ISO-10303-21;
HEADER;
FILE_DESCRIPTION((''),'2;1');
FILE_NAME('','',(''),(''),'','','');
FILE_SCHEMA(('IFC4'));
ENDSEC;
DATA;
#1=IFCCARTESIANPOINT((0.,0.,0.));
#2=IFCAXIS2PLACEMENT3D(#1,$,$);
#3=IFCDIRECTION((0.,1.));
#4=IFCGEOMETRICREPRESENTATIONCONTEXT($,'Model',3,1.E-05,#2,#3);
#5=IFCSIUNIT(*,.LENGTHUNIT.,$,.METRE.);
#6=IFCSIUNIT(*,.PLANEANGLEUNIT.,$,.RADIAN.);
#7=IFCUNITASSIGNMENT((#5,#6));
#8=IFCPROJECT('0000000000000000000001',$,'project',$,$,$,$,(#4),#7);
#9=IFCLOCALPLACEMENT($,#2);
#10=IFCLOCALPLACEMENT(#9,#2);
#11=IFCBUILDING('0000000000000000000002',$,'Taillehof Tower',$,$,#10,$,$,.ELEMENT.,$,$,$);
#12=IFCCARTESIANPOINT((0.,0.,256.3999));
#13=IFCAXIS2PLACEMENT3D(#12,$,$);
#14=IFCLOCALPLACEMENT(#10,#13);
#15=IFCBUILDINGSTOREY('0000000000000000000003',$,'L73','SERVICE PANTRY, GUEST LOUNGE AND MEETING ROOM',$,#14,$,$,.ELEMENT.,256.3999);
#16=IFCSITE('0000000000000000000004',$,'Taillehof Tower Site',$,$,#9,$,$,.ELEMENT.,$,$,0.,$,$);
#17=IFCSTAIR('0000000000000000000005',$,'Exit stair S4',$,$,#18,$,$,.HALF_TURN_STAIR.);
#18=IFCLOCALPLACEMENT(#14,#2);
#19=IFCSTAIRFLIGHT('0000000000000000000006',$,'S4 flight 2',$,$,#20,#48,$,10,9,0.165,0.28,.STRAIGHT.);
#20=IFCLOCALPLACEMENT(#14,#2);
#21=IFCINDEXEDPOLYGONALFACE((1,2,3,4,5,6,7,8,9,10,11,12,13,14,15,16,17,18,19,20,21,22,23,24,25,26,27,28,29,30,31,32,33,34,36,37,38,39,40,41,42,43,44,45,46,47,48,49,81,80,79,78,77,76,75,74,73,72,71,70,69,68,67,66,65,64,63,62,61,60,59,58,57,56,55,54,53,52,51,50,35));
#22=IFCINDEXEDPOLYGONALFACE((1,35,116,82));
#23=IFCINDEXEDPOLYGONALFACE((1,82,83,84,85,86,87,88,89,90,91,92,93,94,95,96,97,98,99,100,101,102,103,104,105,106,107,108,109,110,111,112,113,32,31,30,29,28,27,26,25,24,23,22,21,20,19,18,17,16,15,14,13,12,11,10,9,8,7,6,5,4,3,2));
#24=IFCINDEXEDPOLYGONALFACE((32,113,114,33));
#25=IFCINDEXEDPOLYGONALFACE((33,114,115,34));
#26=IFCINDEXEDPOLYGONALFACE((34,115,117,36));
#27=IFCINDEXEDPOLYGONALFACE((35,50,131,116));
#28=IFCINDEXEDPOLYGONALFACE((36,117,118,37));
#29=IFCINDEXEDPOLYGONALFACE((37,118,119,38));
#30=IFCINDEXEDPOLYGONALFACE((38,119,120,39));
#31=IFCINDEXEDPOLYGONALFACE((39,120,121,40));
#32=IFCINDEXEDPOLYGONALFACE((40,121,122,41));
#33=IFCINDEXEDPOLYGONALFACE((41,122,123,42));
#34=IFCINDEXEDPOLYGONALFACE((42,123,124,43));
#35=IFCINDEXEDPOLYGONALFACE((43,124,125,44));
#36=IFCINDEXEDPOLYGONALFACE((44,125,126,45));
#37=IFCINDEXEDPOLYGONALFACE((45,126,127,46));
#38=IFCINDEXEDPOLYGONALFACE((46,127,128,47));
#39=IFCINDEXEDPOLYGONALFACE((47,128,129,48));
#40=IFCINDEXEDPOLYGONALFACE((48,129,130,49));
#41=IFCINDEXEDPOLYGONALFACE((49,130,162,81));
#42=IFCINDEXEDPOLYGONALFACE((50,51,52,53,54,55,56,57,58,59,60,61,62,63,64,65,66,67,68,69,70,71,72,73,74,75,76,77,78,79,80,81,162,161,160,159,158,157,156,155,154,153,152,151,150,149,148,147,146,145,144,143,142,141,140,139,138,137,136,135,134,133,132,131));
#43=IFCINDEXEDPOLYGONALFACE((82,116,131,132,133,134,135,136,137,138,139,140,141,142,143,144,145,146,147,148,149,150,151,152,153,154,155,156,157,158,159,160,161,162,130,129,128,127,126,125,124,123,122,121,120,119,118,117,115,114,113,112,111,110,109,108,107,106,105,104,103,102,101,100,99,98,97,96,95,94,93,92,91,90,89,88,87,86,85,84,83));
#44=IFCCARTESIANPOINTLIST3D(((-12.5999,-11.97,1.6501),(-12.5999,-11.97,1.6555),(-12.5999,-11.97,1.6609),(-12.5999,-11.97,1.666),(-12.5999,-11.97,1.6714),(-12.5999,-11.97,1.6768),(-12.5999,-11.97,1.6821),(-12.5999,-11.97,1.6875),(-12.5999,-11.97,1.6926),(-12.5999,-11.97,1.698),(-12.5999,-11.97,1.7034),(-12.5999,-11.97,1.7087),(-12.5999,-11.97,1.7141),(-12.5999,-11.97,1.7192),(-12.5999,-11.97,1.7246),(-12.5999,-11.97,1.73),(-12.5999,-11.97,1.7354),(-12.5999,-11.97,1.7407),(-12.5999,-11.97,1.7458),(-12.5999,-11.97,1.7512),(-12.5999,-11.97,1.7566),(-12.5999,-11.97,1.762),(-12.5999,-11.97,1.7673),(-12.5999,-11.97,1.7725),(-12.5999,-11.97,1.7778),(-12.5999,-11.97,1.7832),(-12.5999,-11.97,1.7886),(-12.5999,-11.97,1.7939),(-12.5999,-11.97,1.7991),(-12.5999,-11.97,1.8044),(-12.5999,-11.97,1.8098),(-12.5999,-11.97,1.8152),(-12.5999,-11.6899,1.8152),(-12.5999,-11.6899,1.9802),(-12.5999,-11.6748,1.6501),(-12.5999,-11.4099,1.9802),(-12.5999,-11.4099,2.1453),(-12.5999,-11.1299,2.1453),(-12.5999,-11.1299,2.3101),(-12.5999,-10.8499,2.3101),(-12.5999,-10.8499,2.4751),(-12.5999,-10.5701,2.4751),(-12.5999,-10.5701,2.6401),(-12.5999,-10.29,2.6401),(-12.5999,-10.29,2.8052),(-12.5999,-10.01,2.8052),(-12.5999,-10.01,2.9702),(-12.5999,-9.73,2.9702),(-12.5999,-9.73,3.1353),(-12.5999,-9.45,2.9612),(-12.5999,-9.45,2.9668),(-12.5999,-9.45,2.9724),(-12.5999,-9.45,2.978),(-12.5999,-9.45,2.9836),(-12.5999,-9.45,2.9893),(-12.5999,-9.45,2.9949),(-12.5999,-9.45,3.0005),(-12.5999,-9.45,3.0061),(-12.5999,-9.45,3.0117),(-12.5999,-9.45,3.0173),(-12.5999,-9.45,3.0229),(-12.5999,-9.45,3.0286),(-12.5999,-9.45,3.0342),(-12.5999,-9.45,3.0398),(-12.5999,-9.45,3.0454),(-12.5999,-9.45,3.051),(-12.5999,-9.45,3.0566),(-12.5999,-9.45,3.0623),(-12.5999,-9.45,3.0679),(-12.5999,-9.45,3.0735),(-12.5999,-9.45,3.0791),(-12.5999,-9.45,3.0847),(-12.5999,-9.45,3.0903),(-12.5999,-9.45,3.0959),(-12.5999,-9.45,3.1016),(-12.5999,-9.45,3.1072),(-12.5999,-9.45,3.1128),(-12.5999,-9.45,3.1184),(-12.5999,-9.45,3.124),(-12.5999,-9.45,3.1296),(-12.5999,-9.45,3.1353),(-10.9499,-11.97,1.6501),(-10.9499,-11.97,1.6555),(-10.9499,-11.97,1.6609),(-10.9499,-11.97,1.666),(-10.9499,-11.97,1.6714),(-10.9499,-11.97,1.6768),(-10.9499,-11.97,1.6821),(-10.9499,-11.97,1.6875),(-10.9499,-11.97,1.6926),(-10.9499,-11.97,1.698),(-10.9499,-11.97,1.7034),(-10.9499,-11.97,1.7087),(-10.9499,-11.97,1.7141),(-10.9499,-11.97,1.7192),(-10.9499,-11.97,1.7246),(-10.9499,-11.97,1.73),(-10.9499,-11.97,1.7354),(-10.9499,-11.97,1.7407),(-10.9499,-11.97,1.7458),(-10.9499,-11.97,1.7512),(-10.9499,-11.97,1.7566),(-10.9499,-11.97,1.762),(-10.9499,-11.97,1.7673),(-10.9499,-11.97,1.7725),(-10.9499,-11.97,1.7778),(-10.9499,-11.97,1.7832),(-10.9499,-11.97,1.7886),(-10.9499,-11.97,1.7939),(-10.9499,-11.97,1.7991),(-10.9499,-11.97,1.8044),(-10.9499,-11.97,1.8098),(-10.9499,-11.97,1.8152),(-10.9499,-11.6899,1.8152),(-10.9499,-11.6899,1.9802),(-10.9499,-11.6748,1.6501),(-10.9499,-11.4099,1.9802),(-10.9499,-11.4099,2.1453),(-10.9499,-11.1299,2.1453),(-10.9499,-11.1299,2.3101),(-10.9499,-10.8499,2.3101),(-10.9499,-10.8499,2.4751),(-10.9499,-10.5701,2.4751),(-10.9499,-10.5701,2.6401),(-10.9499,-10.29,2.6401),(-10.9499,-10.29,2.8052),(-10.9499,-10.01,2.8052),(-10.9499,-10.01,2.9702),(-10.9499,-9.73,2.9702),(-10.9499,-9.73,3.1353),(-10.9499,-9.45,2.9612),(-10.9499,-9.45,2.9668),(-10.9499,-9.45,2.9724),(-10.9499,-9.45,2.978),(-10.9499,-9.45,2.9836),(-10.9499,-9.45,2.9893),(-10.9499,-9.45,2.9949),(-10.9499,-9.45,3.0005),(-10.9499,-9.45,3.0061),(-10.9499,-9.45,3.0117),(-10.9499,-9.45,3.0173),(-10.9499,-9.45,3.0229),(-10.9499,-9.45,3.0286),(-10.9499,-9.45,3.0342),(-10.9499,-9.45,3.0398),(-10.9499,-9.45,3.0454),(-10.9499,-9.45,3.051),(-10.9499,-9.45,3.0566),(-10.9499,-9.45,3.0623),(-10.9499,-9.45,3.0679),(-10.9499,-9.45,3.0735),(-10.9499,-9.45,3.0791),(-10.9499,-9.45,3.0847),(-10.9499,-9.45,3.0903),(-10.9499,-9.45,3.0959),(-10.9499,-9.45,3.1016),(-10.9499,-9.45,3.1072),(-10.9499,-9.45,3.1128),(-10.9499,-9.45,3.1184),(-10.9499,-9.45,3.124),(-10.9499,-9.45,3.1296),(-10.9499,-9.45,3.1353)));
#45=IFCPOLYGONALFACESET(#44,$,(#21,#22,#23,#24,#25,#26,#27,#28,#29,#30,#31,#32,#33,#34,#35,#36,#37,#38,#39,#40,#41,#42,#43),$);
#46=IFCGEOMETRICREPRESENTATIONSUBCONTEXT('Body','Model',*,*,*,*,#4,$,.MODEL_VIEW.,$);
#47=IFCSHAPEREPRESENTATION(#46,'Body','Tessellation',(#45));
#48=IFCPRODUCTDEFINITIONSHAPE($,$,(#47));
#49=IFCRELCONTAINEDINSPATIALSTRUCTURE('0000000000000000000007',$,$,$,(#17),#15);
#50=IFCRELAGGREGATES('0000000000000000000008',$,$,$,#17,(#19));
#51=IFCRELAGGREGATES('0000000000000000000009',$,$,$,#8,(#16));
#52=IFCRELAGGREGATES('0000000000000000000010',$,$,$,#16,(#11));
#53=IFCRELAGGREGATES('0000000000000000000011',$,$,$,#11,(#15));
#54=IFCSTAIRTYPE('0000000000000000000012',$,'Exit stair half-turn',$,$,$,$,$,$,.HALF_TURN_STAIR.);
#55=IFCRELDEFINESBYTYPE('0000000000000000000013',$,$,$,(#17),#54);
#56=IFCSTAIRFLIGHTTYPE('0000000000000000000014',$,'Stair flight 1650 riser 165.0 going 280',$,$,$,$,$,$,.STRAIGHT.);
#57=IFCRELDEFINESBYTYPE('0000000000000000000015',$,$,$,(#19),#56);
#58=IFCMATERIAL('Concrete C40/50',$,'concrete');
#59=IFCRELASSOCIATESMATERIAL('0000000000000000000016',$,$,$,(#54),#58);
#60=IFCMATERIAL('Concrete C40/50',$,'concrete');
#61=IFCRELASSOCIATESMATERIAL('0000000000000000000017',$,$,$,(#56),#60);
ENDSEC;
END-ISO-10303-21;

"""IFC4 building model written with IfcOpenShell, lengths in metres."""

from ifc_helpers import new_model, si_unit, direction, frame, origin, place, context, subcontext, project, spatial, polyline, outline, extrude, material, type_object, element, aggregate, save


model = new_model("IFC4")

# Units and contexts
model_context = context("Model", 3, precision=1e-05, world=origin(), true_north=direction((0.0, 1.0)))
body_context = subcontext(model_context, "Body", "Model", "MODEL_VIEW")
ifc_project = project(units=[si_unit("LENGTHUNIT", "METRE"), si_unit("PLANEANGLEUNIT", "RADIAN")], contexts=[model_context])

# Site, building, storey
site_placement = place(None, origin())
site = spatial("IfcSite", under=ifc_project, at=site_placement, Name="Taillehof Tower Site", CompositionType="ELEMENT", RefElevation=0.0)
building_placement = place(site_placement, origin())
building = spatial("IfcBuilding", under=site, at=building_placement, Name="Taillehof Tower", CompositionType="ELEMENT")
storey_placement = place(building_placement, frame((0.0, 0.0, 256.3999)))
storey = spatial("IfcBuildingStorey", under=building, at=storey_placement, Name="L73", Description="SERVICE PANTRY, GUEST LOUNGE AND MEETING ROOM", CompositionType="ELEMENT", Elevation=256.3999)

# Stair, stair flight
ifc_material_1 = material(Name="Concrete C40/50", Category="concrete")
stair_type = type_object("IfcStairType", Name="Exit stair half-turn", PredefinedType="HALF_TURN_STAIR", material=ifc_material_1)
stair_placement = place(storey_placement, origin())
stair = element("IfcStair", 1, at=stair_placement, inside=storey, type_object=stair_type, Name="Exit stair S4", PredefinedType="HALF_TURN_STAIR")
ifc_material_2 = material(Name="Concrete C40/50", Category="concrete")
stair_flight_type = type_object("IfcStairFlightType", Name="Stair flight 1650 riser 165.0 going 280", PredefinedType="STRAIGHT", material=ifc_material_2)
stair_flight_placement = place(storey_placement, frame((-11.7749, -11.97, 1.6501), z_axis=(0.0, 0.0, 1.0), x_axis=(0.0, 1.0, 0.0)))
stair_flight = element("IfcStairFlight", 2, at=stair_flight_placement, type_object=stair_flight_type, Name="S4 flight 2", NumberOfRisers=10, NumberOfTreads=9, PredefinedType="STRAIGHT", RiserHeight=0.165, TreadLength=0.28, context=body_context, shape_type="SweptSolid", body=[
    extrude(outline(polyline([(0.0, 0.0), (0.0, 0.0054), (0.0, 0.0107), (0.0, 0.0159), (0.0, 0.0212), (0.0, 0.0266), (0.0, 0.032), (0.0, 0.0374), (0.0, 0.0425), (0.0, 0.0479), (0.0, 0.0532), (0.0, 0.0586), (0.0, 0.064), (0.0, 0.0691), (0.0, 0.0745), (0.0, 0.0798), (0.0, 0.0852), (0.0, 0.0906), (0.0, 0.0957), (0.0, 0.1011), (0.0, 0.1064), (0.0, 0.1118), (0.0, 0.1172), (0.0, 0.1223), (0.0, 0.1277), (0.0, 0.1331), (0.0, 0.1384), (0.0, 0.1438), (0.0, 0.1489), (0.0, 0.1543), (0.0, 0.1597), (0.0, 0.165), (0.28, 0.165), (0.28, 0.3301), (0.5601, 0.3301), (0.5601, 0.4951), (0.8401, 0.4951), (0.8401, 0.6599), (1.1201, 0.6599), (1.1201, 0.825), (1.3999, 0.825), (1.3999, 0.99), (1.6799, 0.99), (1.6799, 1.155), (1.96, 1.155), (1.96, 1.3201), (2.24, 1.3201), (2.24, 1.4851), (2.52, 1.4851), (2.52, 1.4795), (2.52, 1.4739), (2.52, 1.4683), (2.52, 1.4626), (2.52, 1.457), (2.52, 1.4514), (2.52, 1.4458), (2.52, 1.4402), (2.52, 1.4346), (2.52, 1.429), (2.52, 1.4233), (2.52, 1.4177), (2.52, 1.4121), (2.52, 1.4065), (2.52, 1.4009), (2.52, 1.3953), (2.52, 1.3896), (2.52, 1.384), (2.52, 1.3784), (2.52, 1.3728), (2.52, 1.3672), (2.52, 1.3616), (2.52, 1.356), (2.52, 1.3503), (2.52, 1.3447), (2.52, 1.3391), (2.52, 1.3335), (2.52, 1.3279), (2.52, 1.3223), (2.52, 1.3167), (2.52, 1.311), (0.2952, 0.0), (0.0, 0.0)])), frame((0.0, 0.825, 0.0), z_axis=(0.0, -1.0, 0.0), x_axis=(1.0, 0.0, 0.0)), (0.0, 0.0, 1.0), 1.65),
])
aggregate(stair, [stair_flight])

save(model, "model.ifc")
